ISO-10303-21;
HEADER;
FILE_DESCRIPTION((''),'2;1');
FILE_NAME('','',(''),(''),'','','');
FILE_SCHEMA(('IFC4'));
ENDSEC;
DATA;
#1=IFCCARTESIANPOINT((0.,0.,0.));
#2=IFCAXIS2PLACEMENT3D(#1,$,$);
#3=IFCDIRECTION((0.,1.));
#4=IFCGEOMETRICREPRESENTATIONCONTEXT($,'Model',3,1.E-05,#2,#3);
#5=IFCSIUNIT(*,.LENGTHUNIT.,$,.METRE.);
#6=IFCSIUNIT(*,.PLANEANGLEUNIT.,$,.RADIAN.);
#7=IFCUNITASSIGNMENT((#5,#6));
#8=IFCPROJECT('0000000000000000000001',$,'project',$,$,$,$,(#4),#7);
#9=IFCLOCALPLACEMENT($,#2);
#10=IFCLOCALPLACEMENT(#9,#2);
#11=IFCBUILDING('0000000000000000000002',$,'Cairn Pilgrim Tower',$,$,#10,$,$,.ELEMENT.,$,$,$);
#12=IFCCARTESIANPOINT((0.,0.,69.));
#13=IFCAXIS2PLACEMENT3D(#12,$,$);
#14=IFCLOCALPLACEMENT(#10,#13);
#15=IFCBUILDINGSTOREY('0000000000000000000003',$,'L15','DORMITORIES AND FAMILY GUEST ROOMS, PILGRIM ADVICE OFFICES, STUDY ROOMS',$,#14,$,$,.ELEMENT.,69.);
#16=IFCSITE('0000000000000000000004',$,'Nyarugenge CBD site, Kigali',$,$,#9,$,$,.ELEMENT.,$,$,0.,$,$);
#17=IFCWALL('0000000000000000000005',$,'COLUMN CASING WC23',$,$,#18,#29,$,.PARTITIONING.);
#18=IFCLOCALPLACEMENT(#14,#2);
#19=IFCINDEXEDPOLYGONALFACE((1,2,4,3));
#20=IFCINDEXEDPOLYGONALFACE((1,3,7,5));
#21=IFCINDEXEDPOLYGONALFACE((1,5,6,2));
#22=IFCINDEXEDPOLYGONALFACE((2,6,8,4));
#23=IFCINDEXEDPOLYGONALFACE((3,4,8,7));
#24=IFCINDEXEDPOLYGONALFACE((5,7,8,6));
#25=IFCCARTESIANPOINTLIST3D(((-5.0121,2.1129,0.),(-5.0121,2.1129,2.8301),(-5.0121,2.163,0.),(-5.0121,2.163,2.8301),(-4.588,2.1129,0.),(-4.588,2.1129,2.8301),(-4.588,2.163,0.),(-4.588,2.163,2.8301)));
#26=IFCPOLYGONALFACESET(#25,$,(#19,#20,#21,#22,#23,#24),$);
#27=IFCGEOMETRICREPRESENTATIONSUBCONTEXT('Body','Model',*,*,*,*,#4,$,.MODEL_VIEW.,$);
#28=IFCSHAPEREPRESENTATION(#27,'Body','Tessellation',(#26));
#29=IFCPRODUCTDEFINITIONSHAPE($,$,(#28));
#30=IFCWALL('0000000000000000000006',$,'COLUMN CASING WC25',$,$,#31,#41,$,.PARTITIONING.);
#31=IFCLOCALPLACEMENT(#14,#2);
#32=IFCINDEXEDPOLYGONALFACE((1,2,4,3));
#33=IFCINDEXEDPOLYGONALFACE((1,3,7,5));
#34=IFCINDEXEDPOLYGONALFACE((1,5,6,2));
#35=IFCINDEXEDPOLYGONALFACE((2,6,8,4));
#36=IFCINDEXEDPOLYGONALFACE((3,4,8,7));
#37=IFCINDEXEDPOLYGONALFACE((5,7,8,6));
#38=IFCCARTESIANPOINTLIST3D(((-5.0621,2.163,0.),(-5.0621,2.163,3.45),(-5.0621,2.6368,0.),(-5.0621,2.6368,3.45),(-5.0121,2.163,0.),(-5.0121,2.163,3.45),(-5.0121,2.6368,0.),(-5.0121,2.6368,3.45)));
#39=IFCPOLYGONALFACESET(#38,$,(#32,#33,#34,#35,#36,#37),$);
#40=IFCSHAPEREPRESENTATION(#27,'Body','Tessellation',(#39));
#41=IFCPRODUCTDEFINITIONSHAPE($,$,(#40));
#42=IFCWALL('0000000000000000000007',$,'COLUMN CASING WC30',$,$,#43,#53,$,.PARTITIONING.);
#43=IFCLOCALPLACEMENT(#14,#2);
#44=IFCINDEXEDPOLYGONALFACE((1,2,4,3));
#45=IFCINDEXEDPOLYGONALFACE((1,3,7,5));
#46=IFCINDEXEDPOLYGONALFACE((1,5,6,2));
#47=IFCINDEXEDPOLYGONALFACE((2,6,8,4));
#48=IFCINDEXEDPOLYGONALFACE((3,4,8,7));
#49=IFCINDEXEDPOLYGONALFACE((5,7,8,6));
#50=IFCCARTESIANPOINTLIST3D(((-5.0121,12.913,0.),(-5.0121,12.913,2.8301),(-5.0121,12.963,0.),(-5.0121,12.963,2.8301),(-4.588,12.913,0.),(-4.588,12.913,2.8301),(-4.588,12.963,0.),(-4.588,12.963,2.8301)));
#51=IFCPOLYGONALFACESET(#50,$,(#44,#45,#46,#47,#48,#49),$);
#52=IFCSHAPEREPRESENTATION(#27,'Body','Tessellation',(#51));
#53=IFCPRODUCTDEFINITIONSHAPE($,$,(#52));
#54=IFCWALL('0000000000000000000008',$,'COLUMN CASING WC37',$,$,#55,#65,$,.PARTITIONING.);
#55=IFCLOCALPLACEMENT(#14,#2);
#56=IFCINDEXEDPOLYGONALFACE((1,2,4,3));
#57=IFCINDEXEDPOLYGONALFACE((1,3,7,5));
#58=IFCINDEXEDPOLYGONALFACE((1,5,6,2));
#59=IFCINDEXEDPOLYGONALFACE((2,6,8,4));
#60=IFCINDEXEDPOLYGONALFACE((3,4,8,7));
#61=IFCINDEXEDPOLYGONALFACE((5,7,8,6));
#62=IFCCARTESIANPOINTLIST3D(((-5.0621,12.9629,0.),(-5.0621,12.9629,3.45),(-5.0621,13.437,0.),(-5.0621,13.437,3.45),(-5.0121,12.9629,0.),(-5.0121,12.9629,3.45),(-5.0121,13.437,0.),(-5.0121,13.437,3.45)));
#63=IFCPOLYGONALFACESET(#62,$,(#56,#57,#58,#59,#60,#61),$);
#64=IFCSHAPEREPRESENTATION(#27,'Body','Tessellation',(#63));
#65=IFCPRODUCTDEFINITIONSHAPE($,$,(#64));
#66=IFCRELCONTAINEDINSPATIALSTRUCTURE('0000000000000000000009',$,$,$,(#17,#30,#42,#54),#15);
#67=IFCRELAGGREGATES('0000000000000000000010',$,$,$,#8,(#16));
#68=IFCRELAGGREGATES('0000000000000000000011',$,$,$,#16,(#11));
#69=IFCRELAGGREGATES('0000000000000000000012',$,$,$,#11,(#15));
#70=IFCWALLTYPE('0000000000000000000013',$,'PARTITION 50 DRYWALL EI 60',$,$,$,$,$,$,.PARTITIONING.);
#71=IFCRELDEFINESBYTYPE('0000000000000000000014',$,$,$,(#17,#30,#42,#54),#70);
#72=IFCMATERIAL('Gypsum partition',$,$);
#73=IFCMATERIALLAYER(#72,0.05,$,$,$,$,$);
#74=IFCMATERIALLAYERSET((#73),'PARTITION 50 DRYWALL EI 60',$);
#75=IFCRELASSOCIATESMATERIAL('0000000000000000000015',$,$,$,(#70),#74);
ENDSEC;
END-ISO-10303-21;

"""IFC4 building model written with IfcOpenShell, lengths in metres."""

from ifc_helpers import new_model, si_unit, direction, frame, frame_2d, origin, place, context, subcontext, project, spatial, rectangle, extrude, material, layer, layer_set, type_object, element, save


model = new_model("IFC4")

# Units and contexts
model_context = context("Model", 3, precision=1e-05, world=origin(), true_north=direction((0.0, 1.0)))
body_context = subcontext(model_context, "Body", "Model", "MODEL_VIEW")
ifc_project = project(units=[si_unit("LENGTHUNIT", "METRE"), si_unit("PLANEANGLEUNIT", "RADIAN")], contexts=[model_context])

# Site, building, storey
site_placement = place(None, origin())
site = spatial("IfcSite", under=ifc_project, at=site_placement, Name="Nyarugenge CBD site, Kigali", CompositionType="ELEMENT", RefElevation=0.0)
building_placement = place(site_placement, origin())
building = spatial("IfcBuilding", under=site, at=building_placement, Name="Cairn Pilgrim Tower", CompositionType="ELEMENT")
storey_placement = place(building_placement, frame((0.0, 0.0, 69.0)))
storey = spatial("IfcBuildingStorey", under=building, at=storey_placement, Name="L15", Description="DORMITORIES AND FAMILY GUEST ROOMS, PILGRIM ADVICE OFFICES, STUDY ROOMS", CompositionType="ELEMENT", Elevation=69.0)

# Shared definitions
ifc_material_1 = material(Name="Gypsum partition")

# Walls
ifc_layer_1 = layer(ifc_material_1, 0.05)
ifc_layer_set_1 = layer_set([ifc_layer_1], Name="PARTITION 50 DRYWALL EI 60")
wall_type_1 = type_object("IfcWallType", Name="PARTITION 50 DRYWALL EI 60", PredefinedType="PARTITIONING", material=ifc_layer_set_1)
wall_1_placement = place(storey_placement, frame((-5.012, 2.1379, 0.0), z_axis=(0.0, 0.0, 1.0), x_axis=(1.0, 0.0, 0.0)))
element("IfcWall", 1, at=wall_1_placement, inside=storey, type_object=wall_type_1, Name="COLUMN CASING WC23", PredefinedType="PARTITIONING", context=body_context, shape_type="SweptSolid", body=[
    extrude(rectangle(XDim=0.4241, YDim=0.05, at=frame_2d((0.2119, 0.0))), origin(), (0.0, 0.0, 1.0), 2.8301),
])
wall_2_placement = place(storey_placement, frame((-5.0371, 2.1631, 0.0), z_axis=(0.0, 0.0, 1.0), x_axis=(0.0, 1.0, 0.0)))
element("IfcWall", 2, at=wall_2_placement, inside=storey, type_object=wall_type_1, Name="COLUMN CASING WC25", PredefinedType="PARTITIONING", context=body_context, shape_type="SweptSolid", body=[
    extrude(rectangle(XDim=0.4739, YDim=0.05, at=frame_2d((0.2368, 0.0))), origin(), (0.0, 0.0, 1.0), 3.45),
])
wall_3_placement = place(storey_placement, frame((-5.012, 12.938, 0.0), z_axis=(0.0, 0.0, 1.0), x_axis=(1.0, 0.0, 0.0)))
element("IfcWall", 3, at=wall_3_placement, inside=storey, type_object=wall_type_1, Name="COLUMN CASING WC30", PredefinedType="PARTITIONING", context=body_context, shape_type="SweptSolid", body=[
    extrude(rectangle(XDim=0.4241, YDim=0.05, at=frame_2d((0.2119, 0.0))), origin(), (0.0, 0.0, 1.0), 2.8301),
])
wall_4_placement = place(storey_placement, frame((-5.0371, 12.9629, 0.0), z_axis=(0.0, 0.0, 1.0), x_axis=(0.0, 1.0, 0.0)))
element("IfcWall", 4, at=wall_4_placement, inside=storey, type_object=wall_type_1, Name="COLUMN CASING WC37", PredefinedType="PARTITIONING", context=body_context, shape_type="SweptSolid", body=[
    extrude(rectangle(XDim=0.4741, YDim=0.05, at=frame_2d((0.2371, 0.0))), origin(), (0.0, 0.0, 1.0), 3.45),
])

save(model, "model.ifc")
